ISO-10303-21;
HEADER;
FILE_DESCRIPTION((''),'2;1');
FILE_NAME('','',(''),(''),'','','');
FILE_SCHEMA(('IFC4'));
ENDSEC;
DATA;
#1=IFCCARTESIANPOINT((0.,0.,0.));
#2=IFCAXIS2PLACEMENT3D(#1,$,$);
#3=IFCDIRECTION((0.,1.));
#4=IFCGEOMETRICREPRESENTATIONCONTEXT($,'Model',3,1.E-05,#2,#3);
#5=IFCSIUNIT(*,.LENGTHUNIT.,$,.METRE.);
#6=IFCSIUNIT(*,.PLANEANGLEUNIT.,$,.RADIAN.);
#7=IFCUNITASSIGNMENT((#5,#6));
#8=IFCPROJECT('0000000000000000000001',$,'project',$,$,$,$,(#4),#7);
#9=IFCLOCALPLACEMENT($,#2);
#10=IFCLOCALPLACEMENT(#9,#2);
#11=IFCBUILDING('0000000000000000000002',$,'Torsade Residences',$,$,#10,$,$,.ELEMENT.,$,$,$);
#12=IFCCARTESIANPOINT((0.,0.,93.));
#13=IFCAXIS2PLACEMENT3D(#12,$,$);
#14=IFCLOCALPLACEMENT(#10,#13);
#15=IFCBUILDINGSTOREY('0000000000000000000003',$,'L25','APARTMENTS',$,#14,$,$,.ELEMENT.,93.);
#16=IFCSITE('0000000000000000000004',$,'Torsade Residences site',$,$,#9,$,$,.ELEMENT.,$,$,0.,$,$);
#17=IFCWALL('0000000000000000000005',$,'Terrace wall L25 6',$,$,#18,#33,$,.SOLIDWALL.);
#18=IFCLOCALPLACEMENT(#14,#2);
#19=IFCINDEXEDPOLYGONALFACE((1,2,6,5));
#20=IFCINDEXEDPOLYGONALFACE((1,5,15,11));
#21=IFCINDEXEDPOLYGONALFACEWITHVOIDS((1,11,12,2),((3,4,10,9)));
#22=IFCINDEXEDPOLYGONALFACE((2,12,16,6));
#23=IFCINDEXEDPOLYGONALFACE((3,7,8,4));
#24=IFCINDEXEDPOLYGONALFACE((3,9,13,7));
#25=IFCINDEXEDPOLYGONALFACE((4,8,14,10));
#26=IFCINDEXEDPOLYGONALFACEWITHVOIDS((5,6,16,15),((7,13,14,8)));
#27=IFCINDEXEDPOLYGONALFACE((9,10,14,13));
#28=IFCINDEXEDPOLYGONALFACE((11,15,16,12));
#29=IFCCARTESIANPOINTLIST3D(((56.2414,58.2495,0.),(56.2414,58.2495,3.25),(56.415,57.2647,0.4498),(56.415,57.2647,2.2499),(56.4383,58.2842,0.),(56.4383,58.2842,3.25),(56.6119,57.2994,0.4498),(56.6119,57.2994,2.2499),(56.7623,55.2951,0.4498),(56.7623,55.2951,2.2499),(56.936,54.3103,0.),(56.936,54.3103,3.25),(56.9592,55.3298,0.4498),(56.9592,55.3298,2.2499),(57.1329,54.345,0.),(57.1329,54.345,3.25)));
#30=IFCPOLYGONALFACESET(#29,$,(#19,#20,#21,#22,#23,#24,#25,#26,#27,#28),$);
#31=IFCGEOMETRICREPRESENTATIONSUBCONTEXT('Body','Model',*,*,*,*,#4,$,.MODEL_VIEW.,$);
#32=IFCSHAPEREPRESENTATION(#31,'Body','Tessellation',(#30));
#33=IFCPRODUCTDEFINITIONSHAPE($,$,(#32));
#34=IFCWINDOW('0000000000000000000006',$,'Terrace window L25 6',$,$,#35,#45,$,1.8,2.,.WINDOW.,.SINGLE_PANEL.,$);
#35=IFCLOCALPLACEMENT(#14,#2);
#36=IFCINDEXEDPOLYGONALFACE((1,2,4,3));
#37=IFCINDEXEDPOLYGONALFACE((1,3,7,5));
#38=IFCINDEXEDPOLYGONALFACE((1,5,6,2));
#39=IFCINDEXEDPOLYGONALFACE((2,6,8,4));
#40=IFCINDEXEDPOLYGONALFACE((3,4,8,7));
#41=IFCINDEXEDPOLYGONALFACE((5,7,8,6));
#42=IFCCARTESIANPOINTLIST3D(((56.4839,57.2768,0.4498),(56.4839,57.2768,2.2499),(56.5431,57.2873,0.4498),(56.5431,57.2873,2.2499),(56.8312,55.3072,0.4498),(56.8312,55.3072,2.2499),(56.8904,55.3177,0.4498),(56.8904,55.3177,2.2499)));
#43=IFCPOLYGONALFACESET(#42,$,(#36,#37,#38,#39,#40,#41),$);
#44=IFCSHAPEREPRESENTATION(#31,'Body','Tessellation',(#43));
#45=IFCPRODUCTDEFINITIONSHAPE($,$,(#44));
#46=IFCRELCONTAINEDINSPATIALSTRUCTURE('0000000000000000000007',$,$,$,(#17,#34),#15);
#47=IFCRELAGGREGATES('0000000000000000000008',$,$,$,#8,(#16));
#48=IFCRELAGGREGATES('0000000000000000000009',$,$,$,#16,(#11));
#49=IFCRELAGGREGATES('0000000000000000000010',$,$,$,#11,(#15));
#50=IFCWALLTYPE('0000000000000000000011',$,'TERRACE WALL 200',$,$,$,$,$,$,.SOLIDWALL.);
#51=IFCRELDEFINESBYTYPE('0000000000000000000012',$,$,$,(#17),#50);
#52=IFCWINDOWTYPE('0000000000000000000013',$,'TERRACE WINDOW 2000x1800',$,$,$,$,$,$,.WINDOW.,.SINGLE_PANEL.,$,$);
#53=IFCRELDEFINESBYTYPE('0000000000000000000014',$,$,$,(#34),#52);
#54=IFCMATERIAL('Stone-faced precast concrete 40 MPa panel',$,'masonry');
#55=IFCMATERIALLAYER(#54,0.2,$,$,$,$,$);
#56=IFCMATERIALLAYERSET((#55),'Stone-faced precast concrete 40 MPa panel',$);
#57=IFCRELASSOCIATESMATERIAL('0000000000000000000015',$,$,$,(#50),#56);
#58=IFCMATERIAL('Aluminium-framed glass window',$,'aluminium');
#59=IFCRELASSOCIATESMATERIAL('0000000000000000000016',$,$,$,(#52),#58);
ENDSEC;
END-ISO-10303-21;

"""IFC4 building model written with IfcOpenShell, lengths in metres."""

from ifc_helpers import new_model, si_unit, direction, frame, frame_2d, origin, place, context, subcontext, project, spatial, rectangle, extrude, material, layer, layer_set, type_object, element, fill, save


model = new_model("IFC4")

# Units and contexts
model_context = context("Model", 3, precision=1e-05, world=origin(), true_north=direction((0.0, 1.0)))
body_context = subcontext(model_context, "Body", "Model", "MODEL_VIEW")
ifc_project = project(units=[si_unit("LENGTHUNIT", "METRE"), si_unit("PLANEANGLEUNIT", "RADIAN")], contexts=[model_context])

# Site, building, storey
site_placement = place(None, origin())
site = spatial("IfcSite", under=ifc_project, at=site_placement, Name="Torsade Residences site", CompositionType="ELEMENT", RefElevation=0.0)
building_placement = place(site_placement, origin())
building = spatial("IfcBuilding", under=site, at=building_placement, Name="Torsade Residences", CompositionType="ELEMENT")
storey_placement = place(building_placement, frame((0.0, 0.0, 93.0)))
storey = spatial("IfcBuildingStorey", under=building, at=storey_placement, Name="L25", Description="APARTMENTS", CompositionType="ELEMENT", Elevation=93.0)

# Shared definitions
ifc_material_1 = material(Name="Stone-faced precast concrete 40 MPa panel", Category="masonry")
ifc_layer_1 = layer(ifc_material_1, 0.2)
ifc_layer_set_1 = layer_set([ifc_layer_1], Name="Stone-faced precast concrete 40 MPa panel")
wall_type = type_object("IfcWallType", Name="TERRACE WALL 200", PredefinedType="SOLIDWALL", material=ifc_layer_set_1)

# Wall, opening, window
wall_1_placement = place(storey_placement, frame((57.0344, 54.3276, 0.0), z_axis=(0.0, 0.0, 1.0), x_axis=(-0.173646, 0.984808, 0.0)))
wall_1 = element("IfcWall", 1, at=wall_1_placement, inside=storey, type_object=wall_type, Name="Terrace wall L25 6", PredefinedType="SOLIDWALL", context=body_context, shape_type="SweptSolid", body=[
    extrude(rectangle(XDim=4.0, YDim=0.2, at=frame_2d((2.0, 0.0))), origin(), (0.0, 0.0, 1.0), 3.25),
])
opening_1_placement = place(wall_1_placement, frame((1.0, 0.0, 0.45)))
opening_1 = element("IfcOpeningElement", 2, at=opening_1_placement, cuts=wall_1, PredefinedType="OPENING", context=body_context, shape_type="SweptSolid", body=[
    extrude(rectangle(XDim=2.0, YDim=1.8, at=frame_2d((1.0, 0.8999))), frame((0.0, 0.1099, 0.0), z_axis=(0.0, -1.0, 0.0), x_axis=(1.0, 0.0, 0.0)), (0.0, 0.0, 1.0), 0.22),
])
ifc_material_2 = material(Name="Aluminium-framed glass window", Category="aluminium")
window_type = type_object("IfcWindowType", Name="TERRACE WINDOW 2000x1800", PartitioningType="SINGLE_PANEL", PredefinedType="WINDOW", material=ifc_material_2)
window_placement = place(opening_1_placement, origin())
window = element("IfcWindow", 3, at=window_placement, inside=storey, type_object=window_type, Name="Terrace window L25 6", OverallHeight=1.8, OverallWidth=2.0, PartitioningType="SINGLE_PANEL", PredefinedType="WINDOW", context=body_context, shape_type="SweptSolid", body=[
    extrude(rectangle(XDim=2.0, YDim=1.8, at=frame_2d((1.0, 0.8999))), frame((0.0, 0.03, 0.0), z_axis=(0.0, -1.0, 0.0), x_axis=(1.0, 0.0, 0.0)), (0.0, 0.0, 1.0), 0.0601),
])
fill(opening_1, window)

save(model, "model.ifc")
